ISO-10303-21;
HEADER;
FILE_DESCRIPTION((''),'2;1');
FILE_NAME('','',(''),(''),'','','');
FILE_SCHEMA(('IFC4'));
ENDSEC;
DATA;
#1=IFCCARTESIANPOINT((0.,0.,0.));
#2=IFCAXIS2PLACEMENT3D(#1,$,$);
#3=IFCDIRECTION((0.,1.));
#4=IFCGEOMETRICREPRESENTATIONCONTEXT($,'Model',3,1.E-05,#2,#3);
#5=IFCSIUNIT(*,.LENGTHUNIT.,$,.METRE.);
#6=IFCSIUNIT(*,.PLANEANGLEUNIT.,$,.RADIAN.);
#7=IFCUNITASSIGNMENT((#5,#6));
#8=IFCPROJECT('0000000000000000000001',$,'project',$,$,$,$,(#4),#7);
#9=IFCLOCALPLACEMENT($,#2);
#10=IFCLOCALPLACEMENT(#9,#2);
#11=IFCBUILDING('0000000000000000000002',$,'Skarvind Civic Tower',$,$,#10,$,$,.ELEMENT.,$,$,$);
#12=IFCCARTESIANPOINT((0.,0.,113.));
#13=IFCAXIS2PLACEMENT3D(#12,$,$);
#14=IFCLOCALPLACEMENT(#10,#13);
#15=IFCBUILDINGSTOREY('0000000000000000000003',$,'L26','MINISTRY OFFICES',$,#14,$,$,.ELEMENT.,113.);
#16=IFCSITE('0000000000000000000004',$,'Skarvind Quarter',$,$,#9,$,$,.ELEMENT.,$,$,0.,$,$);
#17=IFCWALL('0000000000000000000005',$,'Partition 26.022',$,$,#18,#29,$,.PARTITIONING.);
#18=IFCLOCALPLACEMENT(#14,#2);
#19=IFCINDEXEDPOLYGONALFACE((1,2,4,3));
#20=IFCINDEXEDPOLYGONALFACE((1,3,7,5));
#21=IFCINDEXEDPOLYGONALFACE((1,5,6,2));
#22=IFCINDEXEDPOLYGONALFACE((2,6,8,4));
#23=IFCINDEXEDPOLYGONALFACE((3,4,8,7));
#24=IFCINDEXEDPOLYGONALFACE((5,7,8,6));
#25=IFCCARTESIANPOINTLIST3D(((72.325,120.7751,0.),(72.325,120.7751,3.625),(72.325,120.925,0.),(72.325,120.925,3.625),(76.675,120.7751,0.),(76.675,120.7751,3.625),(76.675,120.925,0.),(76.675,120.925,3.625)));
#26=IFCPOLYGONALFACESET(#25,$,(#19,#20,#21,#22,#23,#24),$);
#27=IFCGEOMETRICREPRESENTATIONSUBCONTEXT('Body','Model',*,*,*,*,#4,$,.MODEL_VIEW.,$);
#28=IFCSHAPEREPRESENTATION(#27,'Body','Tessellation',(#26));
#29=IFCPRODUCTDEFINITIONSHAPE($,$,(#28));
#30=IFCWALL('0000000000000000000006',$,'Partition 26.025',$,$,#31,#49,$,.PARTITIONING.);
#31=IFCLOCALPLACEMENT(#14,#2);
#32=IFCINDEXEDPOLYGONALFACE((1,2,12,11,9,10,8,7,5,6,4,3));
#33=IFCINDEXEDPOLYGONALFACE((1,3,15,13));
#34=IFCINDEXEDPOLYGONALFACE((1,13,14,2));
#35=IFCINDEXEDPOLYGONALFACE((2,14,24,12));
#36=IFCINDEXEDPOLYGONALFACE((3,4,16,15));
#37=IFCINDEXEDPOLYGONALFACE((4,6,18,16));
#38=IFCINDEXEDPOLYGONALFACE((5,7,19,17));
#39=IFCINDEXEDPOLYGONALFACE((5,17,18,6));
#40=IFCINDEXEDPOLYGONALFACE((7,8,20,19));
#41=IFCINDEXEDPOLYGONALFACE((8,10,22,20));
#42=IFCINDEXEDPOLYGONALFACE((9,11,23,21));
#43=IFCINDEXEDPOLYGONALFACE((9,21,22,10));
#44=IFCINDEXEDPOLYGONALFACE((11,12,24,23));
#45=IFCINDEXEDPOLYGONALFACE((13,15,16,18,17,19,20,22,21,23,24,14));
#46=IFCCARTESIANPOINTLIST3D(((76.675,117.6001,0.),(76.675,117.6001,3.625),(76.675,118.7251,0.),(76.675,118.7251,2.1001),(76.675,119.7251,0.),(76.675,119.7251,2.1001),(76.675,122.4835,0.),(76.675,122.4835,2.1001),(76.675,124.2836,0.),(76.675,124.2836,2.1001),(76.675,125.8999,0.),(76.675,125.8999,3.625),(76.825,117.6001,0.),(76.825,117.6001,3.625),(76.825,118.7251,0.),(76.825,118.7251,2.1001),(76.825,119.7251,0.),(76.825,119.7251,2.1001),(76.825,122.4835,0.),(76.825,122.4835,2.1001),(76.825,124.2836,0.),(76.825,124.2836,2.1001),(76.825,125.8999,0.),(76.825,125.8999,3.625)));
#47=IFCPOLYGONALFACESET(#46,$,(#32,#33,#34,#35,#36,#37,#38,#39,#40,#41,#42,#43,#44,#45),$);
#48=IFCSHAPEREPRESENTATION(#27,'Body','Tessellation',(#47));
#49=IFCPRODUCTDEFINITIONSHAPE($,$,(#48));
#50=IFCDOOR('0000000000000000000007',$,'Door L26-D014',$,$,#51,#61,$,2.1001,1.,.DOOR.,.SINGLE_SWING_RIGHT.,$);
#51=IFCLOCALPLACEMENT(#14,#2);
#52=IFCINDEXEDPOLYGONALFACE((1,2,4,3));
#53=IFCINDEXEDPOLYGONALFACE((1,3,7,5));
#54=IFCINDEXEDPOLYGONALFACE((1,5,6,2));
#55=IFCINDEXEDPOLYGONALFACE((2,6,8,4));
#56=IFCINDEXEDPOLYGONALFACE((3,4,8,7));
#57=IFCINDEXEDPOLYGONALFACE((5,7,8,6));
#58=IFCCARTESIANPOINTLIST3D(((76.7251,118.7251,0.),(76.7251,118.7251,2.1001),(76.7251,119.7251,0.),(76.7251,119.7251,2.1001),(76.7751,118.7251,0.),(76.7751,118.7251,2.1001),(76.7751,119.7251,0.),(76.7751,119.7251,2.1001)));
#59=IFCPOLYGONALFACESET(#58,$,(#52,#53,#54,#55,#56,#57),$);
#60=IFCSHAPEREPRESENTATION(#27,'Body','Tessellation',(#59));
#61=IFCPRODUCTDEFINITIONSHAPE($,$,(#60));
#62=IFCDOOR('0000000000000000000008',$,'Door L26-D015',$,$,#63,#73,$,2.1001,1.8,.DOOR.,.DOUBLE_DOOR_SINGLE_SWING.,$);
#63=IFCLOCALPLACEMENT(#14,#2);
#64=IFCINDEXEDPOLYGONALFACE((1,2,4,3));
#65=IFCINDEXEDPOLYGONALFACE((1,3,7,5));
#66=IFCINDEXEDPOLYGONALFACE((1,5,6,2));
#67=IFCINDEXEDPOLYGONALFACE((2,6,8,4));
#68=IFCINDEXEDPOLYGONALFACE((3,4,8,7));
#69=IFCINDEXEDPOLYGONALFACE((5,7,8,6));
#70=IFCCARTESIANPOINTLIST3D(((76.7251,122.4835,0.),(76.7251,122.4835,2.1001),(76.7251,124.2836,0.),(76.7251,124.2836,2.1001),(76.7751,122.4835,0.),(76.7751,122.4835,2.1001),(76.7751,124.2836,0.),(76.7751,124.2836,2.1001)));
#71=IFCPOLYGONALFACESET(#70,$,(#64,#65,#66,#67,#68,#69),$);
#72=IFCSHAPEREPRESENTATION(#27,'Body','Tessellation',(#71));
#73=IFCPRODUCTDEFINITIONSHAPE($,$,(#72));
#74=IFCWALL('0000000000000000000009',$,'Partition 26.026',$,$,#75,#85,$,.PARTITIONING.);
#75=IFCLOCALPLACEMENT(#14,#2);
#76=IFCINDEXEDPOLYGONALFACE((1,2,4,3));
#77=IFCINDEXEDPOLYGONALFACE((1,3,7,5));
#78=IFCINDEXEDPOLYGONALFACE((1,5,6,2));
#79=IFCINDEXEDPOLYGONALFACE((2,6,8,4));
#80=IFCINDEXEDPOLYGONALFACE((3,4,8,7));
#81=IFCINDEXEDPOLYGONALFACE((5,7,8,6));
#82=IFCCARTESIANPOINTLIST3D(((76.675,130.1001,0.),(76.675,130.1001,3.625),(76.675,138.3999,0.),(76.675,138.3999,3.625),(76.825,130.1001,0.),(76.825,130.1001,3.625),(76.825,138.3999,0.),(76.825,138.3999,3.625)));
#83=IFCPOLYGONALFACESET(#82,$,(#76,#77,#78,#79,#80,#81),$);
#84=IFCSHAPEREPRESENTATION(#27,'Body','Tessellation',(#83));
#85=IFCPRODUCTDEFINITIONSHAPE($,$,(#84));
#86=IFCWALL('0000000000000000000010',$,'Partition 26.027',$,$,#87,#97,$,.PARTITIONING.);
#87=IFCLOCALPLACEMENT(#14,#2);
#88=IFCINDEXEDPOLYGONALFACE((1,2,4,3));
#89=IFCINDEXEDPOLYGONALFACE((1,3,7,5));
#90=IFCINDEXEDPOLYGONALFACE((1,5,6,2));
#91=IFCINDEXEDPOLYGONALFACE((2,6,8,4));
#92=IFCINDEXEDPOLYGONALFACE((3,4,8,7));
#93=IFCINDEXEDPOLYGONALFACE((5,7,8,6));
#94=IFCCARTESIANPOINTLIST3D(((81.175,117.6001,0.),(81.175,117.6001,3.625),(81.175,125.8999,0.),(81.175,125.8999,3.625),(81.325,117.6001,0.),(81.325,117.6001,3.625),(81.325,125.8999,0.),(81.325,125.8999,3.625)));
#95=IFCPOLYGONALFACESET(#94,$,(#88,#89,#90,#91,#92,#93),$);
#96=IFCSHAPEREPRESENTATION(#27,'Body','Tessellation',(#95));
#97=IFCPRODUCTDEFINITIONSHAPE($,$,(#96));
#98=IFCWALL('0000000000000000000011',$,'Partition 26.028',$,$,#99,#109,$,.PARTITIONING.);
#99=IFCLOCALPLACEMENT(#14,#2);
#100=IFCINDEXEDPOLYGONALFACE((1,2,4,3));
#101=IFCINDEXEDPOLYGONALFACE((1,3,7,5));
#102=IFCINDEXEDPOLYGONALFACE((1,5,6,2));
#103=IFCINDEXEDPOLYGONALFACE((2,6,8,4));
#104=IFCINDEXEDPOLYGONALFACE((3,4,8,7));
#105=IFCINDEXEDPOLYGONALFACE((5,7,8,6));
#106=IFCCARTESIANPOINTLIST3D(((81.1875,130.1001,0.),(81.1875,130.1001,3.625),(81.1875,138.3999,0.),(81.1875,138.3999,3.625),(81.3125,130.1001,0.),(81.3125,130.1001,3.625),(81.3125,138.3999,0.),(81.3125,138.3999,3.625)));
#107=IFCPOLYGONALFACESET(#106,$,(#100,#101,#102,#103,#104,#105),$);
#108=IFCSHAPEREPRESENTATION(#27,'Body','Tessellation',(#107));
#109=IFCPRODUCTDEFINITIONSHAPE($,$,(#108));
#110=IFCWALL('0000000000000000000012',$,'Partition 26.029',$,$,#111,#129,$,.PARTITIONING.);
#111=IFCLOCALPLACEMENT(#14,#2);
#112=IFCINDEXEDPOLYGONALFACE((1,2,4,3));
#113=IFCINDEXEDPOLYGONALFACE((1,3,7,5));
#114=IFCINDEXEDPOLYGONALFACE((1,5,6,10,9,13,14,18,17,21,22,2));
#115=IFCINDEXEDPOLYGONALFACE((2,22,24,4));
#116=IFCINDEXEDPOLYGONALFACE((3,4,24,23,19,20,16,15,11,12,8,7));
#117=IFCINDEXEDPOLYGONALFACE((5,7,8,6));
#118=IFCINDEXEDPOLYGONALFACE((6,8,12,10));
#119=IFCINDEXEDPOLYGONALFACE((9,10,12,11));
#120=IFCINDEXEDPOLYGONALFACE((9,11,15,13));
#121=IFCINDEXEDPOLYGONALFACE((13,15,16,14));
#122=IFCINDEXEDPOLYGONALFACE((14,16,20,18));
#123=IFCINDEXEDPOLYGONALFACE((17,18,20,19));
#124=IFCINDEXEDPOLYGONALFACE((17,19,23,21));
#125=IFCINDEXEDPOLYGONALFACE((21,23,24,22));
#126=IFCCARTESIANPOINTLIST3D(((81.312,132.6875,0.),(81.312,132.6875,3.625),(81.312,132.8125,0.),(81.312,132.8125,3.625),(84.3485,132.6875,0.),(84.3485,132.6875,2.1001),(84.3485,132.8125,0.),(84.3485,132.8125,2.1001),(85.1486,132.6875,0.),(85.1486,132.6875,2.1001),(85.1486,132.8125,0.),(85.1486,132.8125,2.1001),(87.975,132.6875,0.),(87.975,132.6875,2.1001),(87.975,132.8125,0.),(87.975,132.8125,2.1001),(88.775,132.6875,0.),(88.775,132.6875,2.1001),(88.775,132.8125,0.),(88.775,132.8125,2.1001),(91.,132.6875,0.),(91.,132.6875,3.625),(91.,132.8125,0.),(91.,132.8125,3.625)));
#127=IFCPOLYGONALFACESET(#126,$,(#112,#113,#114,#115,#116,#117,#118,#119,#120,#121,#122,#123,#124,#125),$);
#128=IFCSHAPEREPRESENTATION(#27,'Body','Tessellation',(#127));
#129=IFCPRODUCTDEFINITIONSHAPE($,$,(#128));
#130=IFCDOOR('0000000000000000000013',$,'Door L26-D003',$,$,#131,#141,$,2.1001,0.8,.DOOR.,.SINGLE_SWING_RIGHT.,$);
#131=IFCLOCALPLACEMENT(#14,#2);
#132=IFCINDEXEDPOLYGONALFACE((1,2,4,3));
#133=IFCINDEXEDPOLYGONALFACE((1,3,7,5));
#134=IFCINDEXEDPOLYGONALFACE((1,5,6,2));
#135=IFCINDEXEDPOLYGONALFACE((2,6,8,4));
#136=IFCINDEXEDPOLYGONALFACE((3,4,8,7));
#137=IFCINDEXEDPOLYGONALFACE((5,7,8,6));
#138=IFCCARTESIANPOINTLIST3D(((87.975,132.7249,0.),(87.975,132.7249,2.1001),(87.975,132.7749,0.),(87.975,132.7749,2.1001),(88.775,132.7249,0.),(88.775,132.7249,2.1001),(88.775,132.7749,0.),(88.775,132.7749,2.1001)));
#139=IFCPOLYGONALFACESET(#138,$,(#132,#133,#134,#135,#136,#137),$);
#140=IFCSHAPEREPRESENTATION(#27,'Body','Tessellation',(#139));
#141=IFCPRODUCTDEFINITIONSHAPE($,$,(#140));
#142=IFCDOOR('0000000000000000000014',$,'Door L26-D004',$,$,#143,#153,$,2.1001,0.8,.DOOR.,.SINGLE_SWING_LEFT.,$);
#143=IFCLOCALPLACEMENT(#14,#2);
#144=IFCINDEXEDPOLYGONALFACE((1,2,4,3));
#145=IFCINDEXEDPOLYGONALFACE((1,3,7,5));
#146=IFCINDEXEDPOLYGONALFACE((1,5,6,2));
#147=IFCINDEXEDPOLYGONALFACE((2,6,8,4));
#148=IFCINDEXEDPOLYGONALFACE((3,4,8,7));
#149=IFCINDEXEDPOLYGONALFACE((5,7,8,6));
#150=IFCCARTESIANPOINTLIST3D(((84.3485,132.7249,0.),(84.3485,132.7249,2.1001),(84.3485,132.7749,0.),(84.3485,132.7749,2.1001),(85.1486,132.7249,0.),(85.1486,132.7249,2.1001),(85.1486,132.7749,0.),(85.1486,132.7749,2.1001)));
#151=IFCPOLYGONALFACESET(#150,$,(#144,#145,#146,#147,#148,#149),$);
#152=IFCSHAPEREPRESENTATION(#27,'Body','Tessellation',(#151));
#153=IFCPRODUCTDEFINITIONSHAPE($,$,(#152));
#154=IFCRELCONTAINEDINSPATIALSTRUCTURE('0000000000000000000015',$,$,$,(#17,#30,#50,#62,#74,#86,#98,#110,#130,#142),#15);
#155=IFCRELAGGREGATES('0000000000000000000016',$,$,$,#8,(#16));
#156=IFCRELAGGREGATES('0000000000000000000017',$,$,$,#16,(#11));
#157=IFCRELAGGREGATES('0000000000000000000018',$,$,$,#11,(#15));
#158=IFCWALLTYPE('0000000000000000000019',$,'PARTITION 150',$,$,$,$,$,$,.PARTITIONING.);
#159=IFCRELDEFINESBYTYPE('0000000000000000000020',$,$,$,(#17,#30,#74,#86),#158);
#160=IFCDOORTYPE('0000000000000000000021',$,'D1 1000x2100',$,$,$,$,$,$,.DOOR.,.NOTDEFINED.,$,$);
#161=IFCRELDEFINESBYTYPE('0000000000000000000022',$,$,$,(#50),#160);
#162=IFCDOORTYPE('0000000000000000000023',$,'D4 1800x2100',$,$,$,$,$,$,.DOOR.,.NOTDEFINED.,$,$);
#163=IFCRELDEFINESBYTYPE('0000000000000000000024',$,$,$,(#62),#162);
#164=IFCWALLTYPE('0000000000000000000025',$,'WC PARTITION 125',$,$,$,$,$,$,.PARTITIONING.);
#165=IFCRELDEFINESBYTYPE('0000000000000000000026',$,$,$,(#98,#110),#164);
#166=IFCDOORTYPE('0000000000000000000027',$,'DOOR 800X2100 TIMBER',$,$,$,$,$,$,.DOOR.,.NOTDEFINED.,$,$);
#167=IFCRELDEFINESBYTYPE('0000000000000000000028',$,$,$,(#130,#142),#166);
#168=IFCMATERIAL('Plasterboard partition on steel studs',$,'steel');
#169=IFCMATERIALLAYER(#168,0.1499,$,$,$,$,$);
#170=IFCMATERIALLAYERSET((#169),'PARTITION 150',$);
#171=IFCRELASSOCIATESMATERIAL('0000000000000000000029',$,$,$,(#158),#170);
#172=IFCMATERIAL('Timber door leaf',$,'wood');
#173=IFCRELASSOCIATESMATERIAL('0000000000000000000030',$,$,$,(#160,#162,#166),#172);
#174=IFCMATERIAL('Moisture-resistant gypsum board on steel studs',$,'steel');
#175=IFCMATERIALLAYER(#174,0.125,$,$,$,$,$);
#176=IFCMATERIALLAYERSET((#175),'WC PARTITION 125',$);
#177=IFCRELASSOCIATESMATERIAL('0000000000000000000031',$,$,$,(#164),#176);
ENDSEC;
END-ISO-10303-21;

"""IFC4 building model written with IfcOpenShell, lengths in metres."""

from ifc_helpers import new_model, si_unit, direction, frame, frame_2d, origin, place, context, subcontext, project, spatial, rectangle, extrude, material, layer, layer_set, type_object, element, fill, save


model = new_model("IFC4")

# Units and contexts
model_context = context("Model", 3, precision=1e-05, world=origin(), true_north=direction((0.0, 1.0)))
body_context = subcontext(model_context, "Body", "Model", "MODEL_VIEW")
ifc_project = project(units=[si_unit("LENGTHUNIT", "METRE"), si_unit("PLANEANGLEUNIT", "RADIAN")], contexts=[model_context])

# Site, building, storey
site_placement = place(None, origin())
site = spatial("IfcSite", under=ifc_project, at=site_placement, Name="Skarvind Quarter", CompositionType="ELEMENT", RefElevation=0.0)
building_placement = place(site_placement, origin())
building = spatial("IfcBuilding", under=site, at=building_placement, Name="Skarvind Civic Tower", CompositionType="ELEMENT")
storey_placement = place(building_placement, frame((0.0, 0.0, 113.0)))
storey = spatial("IfcBuildingStorey", under=building, at=storey_placement, Name="L26", Description="MINISTRY OFFICES", CompositionType="ELEMENT", Elevation=113.0)

# Shared definitions
ifc_material_1 = material(Name="Timber door leaf", Category="wood")

# Wall
ifc_material_2 = material(Name="Plasterboard partition on steel studs", Category="steel")
ifc_layer_1 = layer(ifc_material_2, 0.1499)
ifc_layer_set_1 = layer_set([ifc_layer_1], Name="PARTITION 150")
wall_type_1 = type_object("IfcWallType", Name="PARTITION 150", PredefinedType="PARTITIONING", material=ifc_layer_set_1)
wall_1_placement = place(storey_placement, frame((72.325, 120.8501, 0.0), z_axis=(0.0, 0.0, 1.0), x_axis=(1.0, 0.0, 0.0)))
element("IfcWall", 1, at=wall_1_placement, inside=storey, type_object=wall_type_1, Name="Partition 26.022", PredefinedType="PARTITIONING", context=body_context, shape_type="SweptSolid", body=[
    extrude(rectangle(XDim=4.3501, YDim=0.1499, at=frame_2d((2.175, 0.0))), origin(), (0.0, 0.0, 1.0), 3.625),
])

# Wall, openings, doors
wall_2_placement = place(storey_placement, frame((76.75, 117.6001, 0.0), z_axis=(0.0, 0.0, 1.0), x_axis=(0.0, 1.0, 0.0)))
wall_2 = element("IfcWall", 2, at=wall_2_placement, inside=storey, type_object=wall_type_1, Name="Partition 26.025", PredefinedType="PARTITIONING", context=body_context, shape_type="SweptSolid", body=[
    extrude(rectangle(XDim=8.2998, YDim=0.1499, at=frame_2d((4.1499, 0.0))), origin(), (0.0, 0.0, 1.0), 3.625),
])
opening_1_placement = place(wall_2_placement, frame((1.125, 0.0, 0.0)))
opening_1 = element("IfcOpeningElement", 3, at=opening_1_placement, cuts=wall_2, PredefinedType="OPENING", context=body_context, shape_type="SweptSolid", body=[
    extrude(rectangle(XDim=1.0, YDim=2.1001, at=frame_2d((0.5, 1.05))), frame((0.0, 0.085, 0.0), z_axis=(0.0, -1.0, 0.0), x_axis=(1.0, 0.0, 0.0)), (0.0, 0.0, 1.0), 0.1699),
])
opening_2_placement = place(wall_2_placement, frame((4.8835, 0.0, 0.0)))
opening_2 = element("IfcOpeningElement", 4, at=opening_2_placement, cuts=wall_2, PredefinedType="OPENING", context=body_context, shape_type="SweptSolid", body=[
    extrude(rectangle(XDim=1.8, YDim=2.1001, at=frame_2d((0.8999, 1.05))), frame((0.0, 0.085, 0.0), z_axis=(0.0, -1.0, 0.0), x_axis=(1.0, 0.0, 0.0)), (0.0, 0.0, 1.0), 0.1699),
])
door_type_1 = type_object("IfcDoorType", Name="D1 1000x2100", OperationType="NOTDEFINED", PredefinedType="DOOR", material=ifc_material_1)
door_1_placement = place(opening_1_placement, origin())
door_1 = element("IfcDoor", 5, at=door_1_placement, inside=storey, type_object=door_type_1, Name="Door L26-D014", OperationType="SINGLE_SWING_RIGHT", OverallHeight=2.1001, OverallWidth=1.0, PredefinedType="DOOR", context=body_context, shape_type="SweptSolid", body=[
    extrude(rectangle(XDim=1.0, YDim=2.1001, at=frame_2d((0.5, 1.05))), frame((0.0, 0.0249, 0.0), z_axis=(0.0, -1.0, 0.0), x_axis=(1.0, 0.0, 0.0)), (0.0, 0.0, 1.0), 0.05),
])
fill(opening_1, door_1)
door_type_2 = type_object("IfcDoorType", Name="D4 1800x2100", OperationType="NOTDEFINED", PredefinedType="DOOR", material=ifc_material_1)
door_2_placement = place(opening_2_placement, origin())
door_2 = element("IfcDoor", 6, at=door_2_placement, inside=storey, type_object=door_type_2, Name="Door L26-D015", OperationType="DOUBLE_DOOR_SINGLE_SWING", OverallHeight=2.1001, OverallWidth=1.8, PredefinedType="DOOR", context=body_context, shape_type="SweptSolid", body=[
    extrude(rectangle(XDim=1.8, YDim=2.1001, at=frame_2d((0.8999, 1.05))), frame((0.0, 0.0249, 0.0), z_axis=(0.0, -1.0, 0.0), x_axis=(1.0, 0.0, 0.0)), (0.0, 0.0, 1.0), 0.05),
])
fill(opening_2, door_2)

# Walls
for number, where, z_axis, x_axis, name in (
    (7, (76.75, 130.1001, 0.0), (0.0, 0.0, 1.0), (0.0, 1.0, 0.0), "Partition 26.026"),
    (8, (81.25, 117.6001, 0.0), (0.0, 0.0, 1.0), (0.0, 1.0, 0.0), "Partition 26.027"),
):
    element("IfcWall", number, at=place(storey_placement, frame(where, z_axis=z_axis, x_axis=x_axis)), inside=storey, type_object=wall_type_1, Name=name, PredefinedType="PARTITIONING", context=body_context, shape_type="SweptSolid", body=[
        extrude(rectangle(XDim=8.2998, YDim=0.1499, at=frame_2d((4.1499, 0.0))), origin(), (0.0, 0.0, 1.0), 3.625),
    ])
ifc_material_3 = material(Name="Moisture-resistant gypsum board on steel studs", Category="steel")
ifc_layer_2 = layer(ifc_material_3, 0.125)
ifc_layer_set_2 = layer_set([ifc_layer_2], Name="WC PARTITION 125")
wall_type_2 = type_object("IfcWallType", Name="WC PARTITION 125", PredefinedType="PARTITIONING", material=ifc_layer_set_2)
wall_3_placement = place(storey_placement, frame((81.25, 130.1001, 0.0), z_axis=(0.0, 0.0, 1.0), x_axis=(0.0, 1.0, 0.0)))
element("IfcWall", 9, at=wall_3_placement, inside=storey, type_object=wall_type_2, Name="Partition 26.028", PredefinedType="PARTITIONING", context=body_context, shape_type="SweptSolid", body=[
    extrude(rectangle(XDim=8.2998, YDim=0.125, at=frame_2d((4.1499, 0.0))), origin(), (0.0, 0.0, 1.0), 3.625),
])

# Wall, openings, doors
wall_4_placement = place(storey_placement, frame((81.312, 132.75, 0.0), z_axis=(0.0, 0.0, 1.0), x_axis=(1.0, 0.0, 0.0)))
wall_4 = element("IfcWall", 10, at=wall_4_placement, inside=storey, type_object=wall_type_2, Name="Partition 26.029", PredefinedType="PARTITIONING", context=body_context, shape_type="SweptSolid", body=[
    extrude(rectangle(XDim=9.688, YDim=0.125, at=frame_2d((4.844, 0.0))), origin(), (0.0, 0.0, 1.0), 3.625),
])
opening_3_placement = place(wall_4_placement, frame((6.6631, 0.0, 0.0)))
opening_3 = element("IfcOpeningElement", 11, at=opening_3_placement, cuts=wall_4, PredefinedType="OPENING", context=body_context, shape_type="SweptSolid", body=[
    extrude(rectangle(XDim=0.8, YDim=2.1001, at=frame_2d((0.3999, 1.05))), frame((0.0, 0.0725, 0.0), z_axis=(0.0, -1.0, 0.0), x_axis=(1.0, 0.0, 0.0)), (0.0, 0.0, 1.0), 0.145),
])
opening_4_placement = place(wall_4_placement, frame((3.0366, 0.0, 0.0)))
opening_4 = element("IfcOpeningElement", 12, at=opening_4_placement, cuts=wall_4, PredefinedType="OPENING", context=body_context, shape_type="SweptSolid", body=[
    extrude(rectangle(XDim=0.8, YDim=2.1001, at=frame_2d((0.3999, 1.05))), frame((0.0, 0.0725, 0.0), z_axis=(0.0, -1.0, 0.0), x_axis=(1.0, 0.0, 0.0)), (0.0, 0.0, 1.0), 0.145),
])
door_type_3 = type_object("IfcDoorType", Name="DOOR 800X2100 TIMBER", OperationType="NOTDEFINED", PredefinedType="DOOR", material=ifc_material_1)
door_3_placement = place(opening_3_placement, origin())
door_3 = element("IfcDoor", 13, at=door_3_placement, inside=storey, type_object=door_type_3, Name="Door L26-D003", OperationType="SINGLE_SWING_RIGHT", OverallHeight=2.1001, OverallWidth=0.8, PredefinedType="DOOR", context=body_context, shape_type="SweptSolid", body=[
    extrude(rectangle(XDim=0.8, YDim=2.1001, at=frame_2d((0.3999, 1.05))), frame((0.0, 0.0249, 0.0), z_axis=(0.0, -1.0, 0.0), x_axis=(1.0, 0.0, 0.0)), (0.0, 0.0, 1.0), 0.05),
])
fill(opening_3, door_3)
door_4_placement = place(opening_4_placement, origin())
door_4 = element("IfcDoor", 14, at=door_4_placement, inside=storey, type_object=door_type_3, Name="Door L26-D004", OperationType="SINGLE_SWING_LEFT", OverallHeight=2.1001, OverallWidth=0.8, PredefinedType="DOOR", context=body_context, shape_type="SweptSolid", body=[
    extrude(rectangle(XDim=0.8, YDim=2.1001, at=frame_2d((0.3999, 1.05))), frame((0.0, 0.0249, 0.0), z_axis=(0.0, -1.0, 0.0), x_axis=(1.0, 0.0, 0.0)), (0.0, 0.0, 1.0), 0.05),
])
fill(opening_4, door_4)

save(model, "model.ifc")
